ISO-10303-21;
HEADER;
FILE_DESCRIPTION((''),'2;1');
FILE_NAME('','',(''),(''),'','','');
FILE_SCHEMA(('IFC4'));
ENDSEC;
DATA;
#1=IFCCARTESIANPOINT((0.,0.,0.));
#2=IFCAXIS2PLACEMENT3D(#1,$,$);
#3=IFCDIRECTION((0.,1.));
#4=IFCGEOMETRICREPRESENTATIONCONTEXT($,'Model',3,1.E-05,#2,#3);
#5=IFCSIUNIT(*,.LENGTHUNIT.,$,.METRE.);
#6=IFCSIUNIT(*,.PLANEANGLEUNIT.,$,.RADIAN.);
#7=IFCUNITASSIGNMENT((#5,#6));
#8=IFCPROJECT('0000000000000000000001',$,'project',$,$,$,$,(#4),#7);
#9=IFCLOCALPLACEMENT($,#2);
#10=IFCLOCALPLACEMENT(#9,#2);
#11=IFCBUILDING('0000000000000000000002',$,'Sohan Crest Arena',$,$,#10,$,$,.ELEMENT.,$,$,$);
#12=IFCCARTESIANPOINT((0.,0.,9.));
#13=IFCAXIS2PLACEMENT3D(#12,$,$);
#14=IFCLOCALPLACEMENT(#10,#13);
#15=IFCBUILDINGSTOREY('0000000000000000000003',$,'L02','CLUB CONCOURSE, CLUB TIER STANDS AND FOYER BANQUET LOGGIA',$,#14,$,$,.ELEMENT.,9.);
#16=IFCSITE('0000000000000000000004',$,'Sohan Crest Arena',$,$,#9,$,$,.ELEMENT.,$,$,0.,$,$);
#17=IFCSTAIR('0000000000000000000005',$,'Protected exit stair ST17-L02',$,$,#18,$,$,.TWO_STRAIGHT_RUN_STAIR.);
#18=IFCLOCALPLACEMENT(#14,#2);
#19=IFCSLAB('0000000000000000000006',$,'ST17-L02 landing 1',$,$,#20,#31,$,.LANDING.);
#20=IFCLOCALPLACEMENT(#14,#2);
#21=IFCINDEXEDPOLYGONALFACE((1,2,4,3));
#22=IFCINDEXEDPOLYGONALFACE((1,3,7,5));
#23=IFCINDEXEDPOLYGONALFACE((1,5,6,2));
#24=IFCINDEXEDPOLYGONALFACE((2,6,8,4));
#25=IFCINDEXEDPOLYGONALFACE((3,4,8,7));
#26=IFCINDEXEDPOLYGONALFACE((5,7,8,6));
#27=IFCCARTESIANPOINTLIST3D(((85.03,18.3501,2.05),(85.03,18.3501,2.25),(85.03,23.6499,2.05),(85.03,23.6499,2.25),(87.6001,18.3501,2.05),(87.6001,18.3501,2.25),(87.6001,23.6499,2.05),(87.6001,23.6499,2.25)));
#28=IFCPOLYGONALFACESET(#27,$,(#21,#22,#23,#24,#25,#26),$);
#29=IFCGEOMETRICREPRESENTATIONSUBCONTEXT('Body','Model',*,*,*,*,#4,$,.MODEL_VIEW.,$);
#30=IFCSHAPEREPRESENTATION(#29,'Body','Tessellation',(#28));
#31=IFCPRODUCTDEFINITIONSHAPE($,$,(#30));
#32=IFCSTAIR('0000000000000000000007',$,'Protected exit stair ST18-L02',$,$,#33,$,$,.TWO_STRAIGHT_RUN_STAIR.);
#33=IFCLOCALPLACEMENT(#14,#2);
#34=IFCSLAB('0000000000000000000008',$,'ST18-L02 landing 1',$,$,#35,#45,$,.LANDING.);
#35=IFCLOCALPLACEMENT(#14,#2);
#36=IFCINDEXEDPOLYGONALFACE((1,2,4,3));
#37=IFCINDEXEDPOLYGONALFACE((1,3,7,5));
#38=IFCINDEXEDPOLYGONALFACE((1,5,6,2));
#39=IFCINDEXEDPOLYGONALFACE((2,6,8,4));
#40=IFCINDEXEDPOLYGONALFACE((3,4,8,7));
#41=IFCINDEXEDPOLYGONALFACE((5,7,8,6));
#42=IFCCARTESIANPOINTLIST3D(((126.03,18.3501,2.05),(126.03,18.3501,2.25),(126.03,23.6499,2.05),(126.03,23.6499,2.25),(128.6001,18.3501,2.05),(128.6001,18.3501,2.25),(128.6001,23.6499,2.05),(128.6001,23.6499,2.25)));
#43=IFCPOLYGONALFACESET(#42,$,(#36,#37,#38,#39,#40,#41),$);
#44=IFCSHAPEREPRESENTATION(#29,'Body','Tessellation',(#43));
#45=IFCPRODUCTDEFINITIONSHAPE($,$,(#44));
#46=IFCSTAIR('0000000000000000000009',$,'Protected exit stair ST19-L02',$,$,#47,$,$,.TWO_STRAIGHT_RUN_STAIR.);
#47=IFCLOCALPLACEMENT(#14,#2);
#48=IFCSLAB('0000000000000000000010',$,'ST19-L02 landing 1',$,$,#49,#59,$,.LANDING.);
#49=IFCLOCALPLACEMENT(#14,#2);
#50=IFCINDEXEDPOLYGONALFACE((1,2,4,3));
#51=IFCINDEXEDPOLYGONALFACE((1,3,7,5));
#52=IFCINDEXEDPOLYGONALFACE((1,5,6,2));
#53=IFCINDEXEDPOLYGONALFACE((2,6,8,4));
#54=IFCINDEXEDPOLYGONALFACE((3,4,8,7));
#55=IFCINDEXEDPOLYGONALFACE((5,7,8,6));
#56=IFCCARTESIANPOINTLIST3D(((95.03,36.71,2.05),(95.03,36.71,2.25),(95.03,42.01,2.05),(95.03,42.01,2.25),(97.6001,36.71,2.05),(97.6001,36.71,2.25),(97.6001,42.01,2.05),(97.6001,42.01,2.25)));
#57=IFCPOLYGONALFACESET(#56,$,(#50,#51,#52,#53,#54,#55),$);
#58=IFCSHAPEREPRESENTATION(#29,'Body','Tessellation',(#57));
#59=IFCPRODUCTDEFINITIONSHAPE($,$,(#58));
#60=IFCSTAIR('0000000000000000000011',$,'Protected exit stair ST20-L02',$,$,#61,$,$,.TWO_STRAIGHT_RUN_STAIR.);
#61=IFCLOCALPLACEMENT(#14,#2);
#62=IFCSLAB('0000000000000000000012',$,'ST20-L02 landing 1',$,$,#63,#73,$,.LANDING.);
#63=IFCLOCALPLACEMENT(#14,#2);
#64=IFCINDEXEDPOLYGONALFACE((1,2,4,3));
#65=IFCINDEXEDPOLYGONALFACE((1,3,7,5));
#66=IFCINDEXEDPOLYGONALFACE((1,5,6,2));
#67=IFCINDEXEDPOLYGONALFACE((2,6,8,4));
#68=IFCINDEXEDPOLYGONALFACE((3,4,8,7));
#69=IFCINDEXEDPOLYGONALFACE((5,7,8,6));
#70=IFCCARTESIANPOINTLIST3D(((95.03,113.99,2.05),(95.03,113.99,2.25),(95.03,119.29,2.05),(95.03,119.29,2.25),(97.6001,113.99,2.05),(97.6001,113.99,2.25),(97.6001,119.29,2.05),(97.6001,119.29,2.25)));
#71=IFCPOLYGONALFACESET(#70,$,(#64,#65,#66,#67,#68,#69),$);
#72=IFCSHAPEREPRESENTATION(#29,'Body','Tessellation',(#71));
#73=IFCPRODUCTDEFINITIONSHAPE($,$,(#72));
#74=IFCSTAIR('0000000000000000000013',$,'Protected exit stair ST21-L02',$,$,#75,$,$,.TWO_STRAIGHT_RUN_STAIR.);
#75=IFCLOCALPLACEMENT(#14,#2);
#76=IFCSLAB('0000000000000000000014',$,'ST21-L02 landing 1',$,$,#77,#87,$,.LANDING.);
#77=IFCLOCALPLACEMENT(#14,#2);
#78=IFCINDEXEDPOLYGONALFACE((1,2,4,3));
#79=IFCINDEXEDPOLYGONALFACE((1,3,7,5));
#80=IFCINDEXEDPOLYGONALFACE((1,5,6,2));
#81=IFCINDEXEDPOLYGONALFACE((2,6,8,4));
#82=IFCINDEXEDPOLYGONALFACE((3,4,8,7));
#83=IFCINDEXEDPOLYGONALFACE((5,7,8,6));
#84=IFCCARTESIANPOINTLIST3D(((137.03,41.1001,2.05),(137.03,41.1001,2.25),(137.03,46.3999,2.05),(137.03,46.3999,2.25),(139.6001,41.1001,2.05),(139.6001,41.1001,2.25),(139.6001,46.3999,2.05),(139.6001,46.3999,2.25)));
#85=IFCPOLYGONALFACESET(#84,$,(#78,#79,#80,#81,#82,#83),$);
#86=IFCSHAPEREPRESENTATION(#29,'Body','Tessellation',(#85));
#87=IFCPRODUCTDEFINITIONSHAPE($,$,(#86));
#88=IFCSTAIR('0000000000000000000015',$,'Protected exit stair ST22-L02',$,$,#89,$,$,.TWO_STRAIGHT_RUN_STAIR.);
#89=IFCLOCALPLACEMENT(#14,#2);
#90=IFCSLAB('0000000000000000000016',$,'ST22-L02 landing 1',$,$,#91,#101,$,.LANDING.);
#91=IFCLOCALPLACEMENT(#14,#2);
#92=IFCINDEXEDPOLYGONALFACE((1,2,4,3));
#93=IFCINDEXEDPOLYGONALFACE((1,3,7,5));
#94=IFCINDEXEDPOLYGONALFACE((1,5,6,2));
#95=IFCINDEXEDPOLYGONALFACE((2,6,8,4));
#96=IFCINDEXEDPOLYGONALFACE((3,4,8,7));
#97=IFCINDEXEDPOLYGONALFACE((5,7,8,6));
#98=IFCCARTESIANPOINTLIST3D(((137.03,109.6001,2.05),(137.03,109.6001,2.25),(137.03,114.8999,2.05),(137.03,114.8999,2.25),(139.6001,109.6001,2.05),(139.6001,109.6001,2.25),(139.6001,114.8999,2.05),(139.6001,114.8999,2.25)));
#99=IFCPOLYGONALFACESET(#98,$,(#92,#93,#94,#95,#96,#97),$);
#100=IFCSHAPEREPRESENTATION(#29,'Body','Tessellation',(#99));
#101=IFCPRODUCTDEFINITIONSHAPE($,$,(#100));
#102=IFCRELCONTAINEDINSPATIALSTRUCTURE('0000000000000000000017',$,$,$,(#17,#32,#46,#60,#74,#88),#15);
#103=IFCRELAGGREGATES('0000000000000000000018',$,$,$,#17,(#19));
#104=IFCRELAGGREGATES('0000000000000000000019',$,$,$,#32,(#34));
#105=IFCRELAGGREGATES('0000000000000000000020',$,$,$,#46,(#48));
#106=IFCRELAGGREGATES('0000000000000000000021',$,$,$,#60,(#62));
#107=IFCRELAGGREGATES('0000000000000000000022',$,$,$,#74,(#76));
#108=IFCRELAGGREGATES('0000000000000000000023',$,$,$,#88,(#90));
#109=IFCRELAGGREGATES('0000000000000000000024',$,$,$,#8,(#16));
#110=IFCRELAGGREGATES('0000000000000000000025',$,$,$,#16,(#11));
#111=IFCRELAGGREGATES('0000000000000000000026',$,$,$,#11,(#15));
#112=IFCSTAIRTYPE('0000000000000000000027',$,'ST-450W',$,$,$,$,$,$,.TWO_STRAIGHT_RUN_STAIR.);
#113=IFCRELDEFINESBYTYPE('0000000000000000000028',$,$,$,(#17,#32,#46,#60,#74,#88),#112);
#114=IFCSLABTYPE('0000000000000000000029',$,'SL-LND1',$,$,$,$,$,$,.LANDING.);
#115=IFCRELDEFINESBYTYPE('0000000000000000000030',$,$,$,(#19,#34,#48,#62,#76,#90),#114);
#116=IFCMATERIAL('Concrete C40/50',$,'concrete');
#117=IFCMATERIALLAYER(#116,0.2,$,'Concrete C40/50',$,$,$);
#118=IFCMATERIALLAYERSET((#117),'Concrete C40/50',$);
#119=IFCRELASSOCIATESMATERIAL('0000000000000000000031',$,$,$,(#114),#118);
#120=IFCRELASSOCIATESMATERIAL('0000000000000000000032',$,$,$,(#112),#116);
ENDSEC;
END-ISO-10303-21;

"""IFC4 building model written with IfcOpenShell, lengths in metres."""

from ifc_helpers import new_model, si_unit, direction, frame, origin, place, context, subcontext, project, spatial, polyline, outline, extrude, material, layer, layer_set, type_object, element, aggregate, save


model = new_model("IFC4")

# Units and contexts
model_context = context("Model", 3, precision=1e-05, world=origin(), true_north=direction((0.0, 1.0)))
body_context = subcontext(model_context, "Body", "Model", "MODEL_VIEW")
ifc_project = project(units=[si_unit("LENGTHUNIT", "METRE"), si_unit("PLANEANGLEUNIT", "RADIAN")], contexts=[model_context])

# Site, building, storey
site_placement = place(None, origin())
site = spatial("IfcSite", under=ifc_project, at=site_placement, Name="Sohan Crest Arena", CompositionType="ELEMENT", RefElevation=0.0)
building_placement = place(site_placement, origin())
building = spatial("IfcBuilding", under=site, at=building_placement, Name="Sohan Crest Arena", CompositionType="ELEMENT")
storey_placement = place(building_placement, frame((0.0, 0.0, 9.0)))
storey = spatial("IfcBuildingStorey", under=building, at=storey_placement, Name="L02", Description="CLUB CONCOURSE, CLUB TIER STANDS AND FOYER BANQUET LOGGIA", CompositionType="ELEMENT", Elevation=9.0)

# Stairs, slabs
ifc_material_1 = material(Name="Concrete C40/50", Category="concrete")
ifc_layer_1 = layer(ifc_material_1, 0.2, Name="Concrete C40/50")
ifc_layer_set_1 = layer_set([ifc_layer_1], Name="Concrete C40/50")
slab_type = type_object("IfcSlabType", Name="SL-LND1", PredefinedType="LANDING", material=ifc_layer_set_1)
stair_type_1 = type_object("IfcStairType", Name="ST-450W", PredefinedType="TWO_STRAIGHT_RUN_STAIR", material=ifc_material_1)
stair_1_placement = place(storey_placement, origin())
stair_1 = element("IfcStair", 1, at=stair_1_placement, inside=storey, type_object=stair_type_1, Name="Protected exit stair ST17-L02", PredefinedType="TWO_STRAIGHT_RUN_STAIR")
slab_1_placement = place(storey_placement, frame((0.0, 0.0, 2.05)))
slab_1 = element("IfcSlab", 2, at=slab_1_placement, type_object=slab_type, Name="ST17-L02 landing 1", PredefinedType="LANDING", context=body_context, shape_type="SweptSolid", body=[
    extrude(outline(polyline([(85.03, 18.3501), (87.6001, 18.3501), (87.6001, 23.6499), (85.03, 23.6499), (85.03, 18.3501)])), origin(), (0.0, 0.0, 1.0), 0.2),
])
aggregate(stair_1, [slab_1])
stair_2_placement = place(storey_placement, origin())
stair_2 = element("IfcStair", 3, at=stair_2_placement, inside=storey, type_object=stair_type_1, Name="Protected exit stair ST18-L02", PredefinedType="TWO_STRAIGHT_RUN_STAIR")
slab_2_placement = place(storey_placement, frame((0.0, 0.0, 2.05)))
slab_2 = element("IfcSlab", 4, at=slab_2_placement, type_object=slab_type, Name="ST18-L02 landing 1", PredefinedType="LANDING", context=body_context, shape_type="SweptSolid", body=[
    extrude(outline(polyline([(126.03, 18.3501), (128.6001, 18.3501), (128.6001, 23.6499), (126.03, 23.6499), (126.03, 18.3501)])), origin(), (0.0, 0.0, 1.0), 0.2),
])
aggregate(stair_2, [slab_2])
stair_3_placement = place(storey_placement, origin())
stair_3 = element("IfcStair", 5, at=stair_3_placement, inside=storey, type_object=stair_type_1, Name="Protected exit stair ST19-L02", PredefinedType="TWO_STRAIGHT_RUN_STAIR")
slab_3_placement = place(storey_placement, frame((0.0, 0.0, 2.05)))
slab_3 = element("IfcSlab", 6, at=slab_3_placement, type_object=slab_type, Name="ST19-L02 landing 1", PredefinedType="LANDING", context=body_context, shape_type="SweptSolid", body=[
    extrude(outline(polyline([(95.03, 36.71), (97.6001, 36.71), (97.6001, 42.01), (95.03, 42.01), (95.03, 36.71)])), origin(), (0.0, 0.0, 1.0), 0.2),
])
aggregate(stair_3, [slab_3])
stair_4_placement = place(storey_placement, origin())
stair_4 = element("IfcStair", 7, at=stair_4_placement, inside=storey, type_object=stair_type_1, Name="Protected exit stair ST20-L02", PredefinedType="TWO_STRAIGHT_RUN_STAIR")
slab_4_placement = place(storey_placement, frame((0.0, 0.0, 2.05)))
slab_4 = element("IfcSlab", 8, at=slab_4_placement, type_object=slab_type, Name="ST20-L02 landing 1", PredefinedType="LANDING", context=body_context, shape_type="SweptSolid", body=[
    extrude(outline(polyline([(95.03, 113.99), (97.6001, 113.99), (97.6001, 119.29), (95.03, 119.29), (95.03, 113.99)])), origin(), (0.0, 0.0, 1.0), 0.2),
])
aggregate(stair_4, [slab_4])
stair_5_placement = place(storey_placement, origin())
stair_5 = element("IfcStair", 9, at=stair_5_placement, inside=storey, type_object=stair_type_1, Name="Protected exit stair ST21-L02", PredefinedType="TWO_STRAIGHT_RUN_STAIR")
slab_5_placement = place(storey_placement, frame((0.0, 0.0, 2.05)))
slab_5 = element("IfcSlab", 10, at=slab_5_placement, type_object=slab_type, Name="ST21-L02 landing 1", PredefinedType="LANDING", context=body_context, shape_type="SweptSolid", body=[
    extrude(outline(polyline([(137.03, 41.1001), (139.6001, 41.1001), (139.6001, 46.3999), (137.03, 46.3999), (137.03, 41.1001)])), origin(), (0.0, 0.0, 1.0), 0.2),
])
aggregate(stair_5, [slab_5])
stair_6_placement = place(storey_placement, origin())
stair_6 = element("IfcStair", 11, at=stair_6_placement, inside=storey, type_object=stair_type_1, Name="Protected exit stair ST22-L02", PredefinedType="TWO_STRAIGHT_RUN_STAIR")
slab_6_placement = place(storey_placement, frame((0.0, 0.0, 2.05)))
slab_6 = element("IfcSlab", 12, at=slab_6_placement, type_object=slab_type, Name="ST22-L02 landing 1", PredefinedType="LANDING", context=body_context, shape_type="SweptSolid", body=[
    extrude(outline(polyline([(137.03, 109.6001), (139.6001, 109.6001), (139.6001, 114.8999), (137.03, 114.8999), (137.03, 109.6001)])), origin(), (0.0, 0.0, 1.0), 0.2),
])
aggregate(stair_6, [slab_6])

save(model, "model.ifc")
